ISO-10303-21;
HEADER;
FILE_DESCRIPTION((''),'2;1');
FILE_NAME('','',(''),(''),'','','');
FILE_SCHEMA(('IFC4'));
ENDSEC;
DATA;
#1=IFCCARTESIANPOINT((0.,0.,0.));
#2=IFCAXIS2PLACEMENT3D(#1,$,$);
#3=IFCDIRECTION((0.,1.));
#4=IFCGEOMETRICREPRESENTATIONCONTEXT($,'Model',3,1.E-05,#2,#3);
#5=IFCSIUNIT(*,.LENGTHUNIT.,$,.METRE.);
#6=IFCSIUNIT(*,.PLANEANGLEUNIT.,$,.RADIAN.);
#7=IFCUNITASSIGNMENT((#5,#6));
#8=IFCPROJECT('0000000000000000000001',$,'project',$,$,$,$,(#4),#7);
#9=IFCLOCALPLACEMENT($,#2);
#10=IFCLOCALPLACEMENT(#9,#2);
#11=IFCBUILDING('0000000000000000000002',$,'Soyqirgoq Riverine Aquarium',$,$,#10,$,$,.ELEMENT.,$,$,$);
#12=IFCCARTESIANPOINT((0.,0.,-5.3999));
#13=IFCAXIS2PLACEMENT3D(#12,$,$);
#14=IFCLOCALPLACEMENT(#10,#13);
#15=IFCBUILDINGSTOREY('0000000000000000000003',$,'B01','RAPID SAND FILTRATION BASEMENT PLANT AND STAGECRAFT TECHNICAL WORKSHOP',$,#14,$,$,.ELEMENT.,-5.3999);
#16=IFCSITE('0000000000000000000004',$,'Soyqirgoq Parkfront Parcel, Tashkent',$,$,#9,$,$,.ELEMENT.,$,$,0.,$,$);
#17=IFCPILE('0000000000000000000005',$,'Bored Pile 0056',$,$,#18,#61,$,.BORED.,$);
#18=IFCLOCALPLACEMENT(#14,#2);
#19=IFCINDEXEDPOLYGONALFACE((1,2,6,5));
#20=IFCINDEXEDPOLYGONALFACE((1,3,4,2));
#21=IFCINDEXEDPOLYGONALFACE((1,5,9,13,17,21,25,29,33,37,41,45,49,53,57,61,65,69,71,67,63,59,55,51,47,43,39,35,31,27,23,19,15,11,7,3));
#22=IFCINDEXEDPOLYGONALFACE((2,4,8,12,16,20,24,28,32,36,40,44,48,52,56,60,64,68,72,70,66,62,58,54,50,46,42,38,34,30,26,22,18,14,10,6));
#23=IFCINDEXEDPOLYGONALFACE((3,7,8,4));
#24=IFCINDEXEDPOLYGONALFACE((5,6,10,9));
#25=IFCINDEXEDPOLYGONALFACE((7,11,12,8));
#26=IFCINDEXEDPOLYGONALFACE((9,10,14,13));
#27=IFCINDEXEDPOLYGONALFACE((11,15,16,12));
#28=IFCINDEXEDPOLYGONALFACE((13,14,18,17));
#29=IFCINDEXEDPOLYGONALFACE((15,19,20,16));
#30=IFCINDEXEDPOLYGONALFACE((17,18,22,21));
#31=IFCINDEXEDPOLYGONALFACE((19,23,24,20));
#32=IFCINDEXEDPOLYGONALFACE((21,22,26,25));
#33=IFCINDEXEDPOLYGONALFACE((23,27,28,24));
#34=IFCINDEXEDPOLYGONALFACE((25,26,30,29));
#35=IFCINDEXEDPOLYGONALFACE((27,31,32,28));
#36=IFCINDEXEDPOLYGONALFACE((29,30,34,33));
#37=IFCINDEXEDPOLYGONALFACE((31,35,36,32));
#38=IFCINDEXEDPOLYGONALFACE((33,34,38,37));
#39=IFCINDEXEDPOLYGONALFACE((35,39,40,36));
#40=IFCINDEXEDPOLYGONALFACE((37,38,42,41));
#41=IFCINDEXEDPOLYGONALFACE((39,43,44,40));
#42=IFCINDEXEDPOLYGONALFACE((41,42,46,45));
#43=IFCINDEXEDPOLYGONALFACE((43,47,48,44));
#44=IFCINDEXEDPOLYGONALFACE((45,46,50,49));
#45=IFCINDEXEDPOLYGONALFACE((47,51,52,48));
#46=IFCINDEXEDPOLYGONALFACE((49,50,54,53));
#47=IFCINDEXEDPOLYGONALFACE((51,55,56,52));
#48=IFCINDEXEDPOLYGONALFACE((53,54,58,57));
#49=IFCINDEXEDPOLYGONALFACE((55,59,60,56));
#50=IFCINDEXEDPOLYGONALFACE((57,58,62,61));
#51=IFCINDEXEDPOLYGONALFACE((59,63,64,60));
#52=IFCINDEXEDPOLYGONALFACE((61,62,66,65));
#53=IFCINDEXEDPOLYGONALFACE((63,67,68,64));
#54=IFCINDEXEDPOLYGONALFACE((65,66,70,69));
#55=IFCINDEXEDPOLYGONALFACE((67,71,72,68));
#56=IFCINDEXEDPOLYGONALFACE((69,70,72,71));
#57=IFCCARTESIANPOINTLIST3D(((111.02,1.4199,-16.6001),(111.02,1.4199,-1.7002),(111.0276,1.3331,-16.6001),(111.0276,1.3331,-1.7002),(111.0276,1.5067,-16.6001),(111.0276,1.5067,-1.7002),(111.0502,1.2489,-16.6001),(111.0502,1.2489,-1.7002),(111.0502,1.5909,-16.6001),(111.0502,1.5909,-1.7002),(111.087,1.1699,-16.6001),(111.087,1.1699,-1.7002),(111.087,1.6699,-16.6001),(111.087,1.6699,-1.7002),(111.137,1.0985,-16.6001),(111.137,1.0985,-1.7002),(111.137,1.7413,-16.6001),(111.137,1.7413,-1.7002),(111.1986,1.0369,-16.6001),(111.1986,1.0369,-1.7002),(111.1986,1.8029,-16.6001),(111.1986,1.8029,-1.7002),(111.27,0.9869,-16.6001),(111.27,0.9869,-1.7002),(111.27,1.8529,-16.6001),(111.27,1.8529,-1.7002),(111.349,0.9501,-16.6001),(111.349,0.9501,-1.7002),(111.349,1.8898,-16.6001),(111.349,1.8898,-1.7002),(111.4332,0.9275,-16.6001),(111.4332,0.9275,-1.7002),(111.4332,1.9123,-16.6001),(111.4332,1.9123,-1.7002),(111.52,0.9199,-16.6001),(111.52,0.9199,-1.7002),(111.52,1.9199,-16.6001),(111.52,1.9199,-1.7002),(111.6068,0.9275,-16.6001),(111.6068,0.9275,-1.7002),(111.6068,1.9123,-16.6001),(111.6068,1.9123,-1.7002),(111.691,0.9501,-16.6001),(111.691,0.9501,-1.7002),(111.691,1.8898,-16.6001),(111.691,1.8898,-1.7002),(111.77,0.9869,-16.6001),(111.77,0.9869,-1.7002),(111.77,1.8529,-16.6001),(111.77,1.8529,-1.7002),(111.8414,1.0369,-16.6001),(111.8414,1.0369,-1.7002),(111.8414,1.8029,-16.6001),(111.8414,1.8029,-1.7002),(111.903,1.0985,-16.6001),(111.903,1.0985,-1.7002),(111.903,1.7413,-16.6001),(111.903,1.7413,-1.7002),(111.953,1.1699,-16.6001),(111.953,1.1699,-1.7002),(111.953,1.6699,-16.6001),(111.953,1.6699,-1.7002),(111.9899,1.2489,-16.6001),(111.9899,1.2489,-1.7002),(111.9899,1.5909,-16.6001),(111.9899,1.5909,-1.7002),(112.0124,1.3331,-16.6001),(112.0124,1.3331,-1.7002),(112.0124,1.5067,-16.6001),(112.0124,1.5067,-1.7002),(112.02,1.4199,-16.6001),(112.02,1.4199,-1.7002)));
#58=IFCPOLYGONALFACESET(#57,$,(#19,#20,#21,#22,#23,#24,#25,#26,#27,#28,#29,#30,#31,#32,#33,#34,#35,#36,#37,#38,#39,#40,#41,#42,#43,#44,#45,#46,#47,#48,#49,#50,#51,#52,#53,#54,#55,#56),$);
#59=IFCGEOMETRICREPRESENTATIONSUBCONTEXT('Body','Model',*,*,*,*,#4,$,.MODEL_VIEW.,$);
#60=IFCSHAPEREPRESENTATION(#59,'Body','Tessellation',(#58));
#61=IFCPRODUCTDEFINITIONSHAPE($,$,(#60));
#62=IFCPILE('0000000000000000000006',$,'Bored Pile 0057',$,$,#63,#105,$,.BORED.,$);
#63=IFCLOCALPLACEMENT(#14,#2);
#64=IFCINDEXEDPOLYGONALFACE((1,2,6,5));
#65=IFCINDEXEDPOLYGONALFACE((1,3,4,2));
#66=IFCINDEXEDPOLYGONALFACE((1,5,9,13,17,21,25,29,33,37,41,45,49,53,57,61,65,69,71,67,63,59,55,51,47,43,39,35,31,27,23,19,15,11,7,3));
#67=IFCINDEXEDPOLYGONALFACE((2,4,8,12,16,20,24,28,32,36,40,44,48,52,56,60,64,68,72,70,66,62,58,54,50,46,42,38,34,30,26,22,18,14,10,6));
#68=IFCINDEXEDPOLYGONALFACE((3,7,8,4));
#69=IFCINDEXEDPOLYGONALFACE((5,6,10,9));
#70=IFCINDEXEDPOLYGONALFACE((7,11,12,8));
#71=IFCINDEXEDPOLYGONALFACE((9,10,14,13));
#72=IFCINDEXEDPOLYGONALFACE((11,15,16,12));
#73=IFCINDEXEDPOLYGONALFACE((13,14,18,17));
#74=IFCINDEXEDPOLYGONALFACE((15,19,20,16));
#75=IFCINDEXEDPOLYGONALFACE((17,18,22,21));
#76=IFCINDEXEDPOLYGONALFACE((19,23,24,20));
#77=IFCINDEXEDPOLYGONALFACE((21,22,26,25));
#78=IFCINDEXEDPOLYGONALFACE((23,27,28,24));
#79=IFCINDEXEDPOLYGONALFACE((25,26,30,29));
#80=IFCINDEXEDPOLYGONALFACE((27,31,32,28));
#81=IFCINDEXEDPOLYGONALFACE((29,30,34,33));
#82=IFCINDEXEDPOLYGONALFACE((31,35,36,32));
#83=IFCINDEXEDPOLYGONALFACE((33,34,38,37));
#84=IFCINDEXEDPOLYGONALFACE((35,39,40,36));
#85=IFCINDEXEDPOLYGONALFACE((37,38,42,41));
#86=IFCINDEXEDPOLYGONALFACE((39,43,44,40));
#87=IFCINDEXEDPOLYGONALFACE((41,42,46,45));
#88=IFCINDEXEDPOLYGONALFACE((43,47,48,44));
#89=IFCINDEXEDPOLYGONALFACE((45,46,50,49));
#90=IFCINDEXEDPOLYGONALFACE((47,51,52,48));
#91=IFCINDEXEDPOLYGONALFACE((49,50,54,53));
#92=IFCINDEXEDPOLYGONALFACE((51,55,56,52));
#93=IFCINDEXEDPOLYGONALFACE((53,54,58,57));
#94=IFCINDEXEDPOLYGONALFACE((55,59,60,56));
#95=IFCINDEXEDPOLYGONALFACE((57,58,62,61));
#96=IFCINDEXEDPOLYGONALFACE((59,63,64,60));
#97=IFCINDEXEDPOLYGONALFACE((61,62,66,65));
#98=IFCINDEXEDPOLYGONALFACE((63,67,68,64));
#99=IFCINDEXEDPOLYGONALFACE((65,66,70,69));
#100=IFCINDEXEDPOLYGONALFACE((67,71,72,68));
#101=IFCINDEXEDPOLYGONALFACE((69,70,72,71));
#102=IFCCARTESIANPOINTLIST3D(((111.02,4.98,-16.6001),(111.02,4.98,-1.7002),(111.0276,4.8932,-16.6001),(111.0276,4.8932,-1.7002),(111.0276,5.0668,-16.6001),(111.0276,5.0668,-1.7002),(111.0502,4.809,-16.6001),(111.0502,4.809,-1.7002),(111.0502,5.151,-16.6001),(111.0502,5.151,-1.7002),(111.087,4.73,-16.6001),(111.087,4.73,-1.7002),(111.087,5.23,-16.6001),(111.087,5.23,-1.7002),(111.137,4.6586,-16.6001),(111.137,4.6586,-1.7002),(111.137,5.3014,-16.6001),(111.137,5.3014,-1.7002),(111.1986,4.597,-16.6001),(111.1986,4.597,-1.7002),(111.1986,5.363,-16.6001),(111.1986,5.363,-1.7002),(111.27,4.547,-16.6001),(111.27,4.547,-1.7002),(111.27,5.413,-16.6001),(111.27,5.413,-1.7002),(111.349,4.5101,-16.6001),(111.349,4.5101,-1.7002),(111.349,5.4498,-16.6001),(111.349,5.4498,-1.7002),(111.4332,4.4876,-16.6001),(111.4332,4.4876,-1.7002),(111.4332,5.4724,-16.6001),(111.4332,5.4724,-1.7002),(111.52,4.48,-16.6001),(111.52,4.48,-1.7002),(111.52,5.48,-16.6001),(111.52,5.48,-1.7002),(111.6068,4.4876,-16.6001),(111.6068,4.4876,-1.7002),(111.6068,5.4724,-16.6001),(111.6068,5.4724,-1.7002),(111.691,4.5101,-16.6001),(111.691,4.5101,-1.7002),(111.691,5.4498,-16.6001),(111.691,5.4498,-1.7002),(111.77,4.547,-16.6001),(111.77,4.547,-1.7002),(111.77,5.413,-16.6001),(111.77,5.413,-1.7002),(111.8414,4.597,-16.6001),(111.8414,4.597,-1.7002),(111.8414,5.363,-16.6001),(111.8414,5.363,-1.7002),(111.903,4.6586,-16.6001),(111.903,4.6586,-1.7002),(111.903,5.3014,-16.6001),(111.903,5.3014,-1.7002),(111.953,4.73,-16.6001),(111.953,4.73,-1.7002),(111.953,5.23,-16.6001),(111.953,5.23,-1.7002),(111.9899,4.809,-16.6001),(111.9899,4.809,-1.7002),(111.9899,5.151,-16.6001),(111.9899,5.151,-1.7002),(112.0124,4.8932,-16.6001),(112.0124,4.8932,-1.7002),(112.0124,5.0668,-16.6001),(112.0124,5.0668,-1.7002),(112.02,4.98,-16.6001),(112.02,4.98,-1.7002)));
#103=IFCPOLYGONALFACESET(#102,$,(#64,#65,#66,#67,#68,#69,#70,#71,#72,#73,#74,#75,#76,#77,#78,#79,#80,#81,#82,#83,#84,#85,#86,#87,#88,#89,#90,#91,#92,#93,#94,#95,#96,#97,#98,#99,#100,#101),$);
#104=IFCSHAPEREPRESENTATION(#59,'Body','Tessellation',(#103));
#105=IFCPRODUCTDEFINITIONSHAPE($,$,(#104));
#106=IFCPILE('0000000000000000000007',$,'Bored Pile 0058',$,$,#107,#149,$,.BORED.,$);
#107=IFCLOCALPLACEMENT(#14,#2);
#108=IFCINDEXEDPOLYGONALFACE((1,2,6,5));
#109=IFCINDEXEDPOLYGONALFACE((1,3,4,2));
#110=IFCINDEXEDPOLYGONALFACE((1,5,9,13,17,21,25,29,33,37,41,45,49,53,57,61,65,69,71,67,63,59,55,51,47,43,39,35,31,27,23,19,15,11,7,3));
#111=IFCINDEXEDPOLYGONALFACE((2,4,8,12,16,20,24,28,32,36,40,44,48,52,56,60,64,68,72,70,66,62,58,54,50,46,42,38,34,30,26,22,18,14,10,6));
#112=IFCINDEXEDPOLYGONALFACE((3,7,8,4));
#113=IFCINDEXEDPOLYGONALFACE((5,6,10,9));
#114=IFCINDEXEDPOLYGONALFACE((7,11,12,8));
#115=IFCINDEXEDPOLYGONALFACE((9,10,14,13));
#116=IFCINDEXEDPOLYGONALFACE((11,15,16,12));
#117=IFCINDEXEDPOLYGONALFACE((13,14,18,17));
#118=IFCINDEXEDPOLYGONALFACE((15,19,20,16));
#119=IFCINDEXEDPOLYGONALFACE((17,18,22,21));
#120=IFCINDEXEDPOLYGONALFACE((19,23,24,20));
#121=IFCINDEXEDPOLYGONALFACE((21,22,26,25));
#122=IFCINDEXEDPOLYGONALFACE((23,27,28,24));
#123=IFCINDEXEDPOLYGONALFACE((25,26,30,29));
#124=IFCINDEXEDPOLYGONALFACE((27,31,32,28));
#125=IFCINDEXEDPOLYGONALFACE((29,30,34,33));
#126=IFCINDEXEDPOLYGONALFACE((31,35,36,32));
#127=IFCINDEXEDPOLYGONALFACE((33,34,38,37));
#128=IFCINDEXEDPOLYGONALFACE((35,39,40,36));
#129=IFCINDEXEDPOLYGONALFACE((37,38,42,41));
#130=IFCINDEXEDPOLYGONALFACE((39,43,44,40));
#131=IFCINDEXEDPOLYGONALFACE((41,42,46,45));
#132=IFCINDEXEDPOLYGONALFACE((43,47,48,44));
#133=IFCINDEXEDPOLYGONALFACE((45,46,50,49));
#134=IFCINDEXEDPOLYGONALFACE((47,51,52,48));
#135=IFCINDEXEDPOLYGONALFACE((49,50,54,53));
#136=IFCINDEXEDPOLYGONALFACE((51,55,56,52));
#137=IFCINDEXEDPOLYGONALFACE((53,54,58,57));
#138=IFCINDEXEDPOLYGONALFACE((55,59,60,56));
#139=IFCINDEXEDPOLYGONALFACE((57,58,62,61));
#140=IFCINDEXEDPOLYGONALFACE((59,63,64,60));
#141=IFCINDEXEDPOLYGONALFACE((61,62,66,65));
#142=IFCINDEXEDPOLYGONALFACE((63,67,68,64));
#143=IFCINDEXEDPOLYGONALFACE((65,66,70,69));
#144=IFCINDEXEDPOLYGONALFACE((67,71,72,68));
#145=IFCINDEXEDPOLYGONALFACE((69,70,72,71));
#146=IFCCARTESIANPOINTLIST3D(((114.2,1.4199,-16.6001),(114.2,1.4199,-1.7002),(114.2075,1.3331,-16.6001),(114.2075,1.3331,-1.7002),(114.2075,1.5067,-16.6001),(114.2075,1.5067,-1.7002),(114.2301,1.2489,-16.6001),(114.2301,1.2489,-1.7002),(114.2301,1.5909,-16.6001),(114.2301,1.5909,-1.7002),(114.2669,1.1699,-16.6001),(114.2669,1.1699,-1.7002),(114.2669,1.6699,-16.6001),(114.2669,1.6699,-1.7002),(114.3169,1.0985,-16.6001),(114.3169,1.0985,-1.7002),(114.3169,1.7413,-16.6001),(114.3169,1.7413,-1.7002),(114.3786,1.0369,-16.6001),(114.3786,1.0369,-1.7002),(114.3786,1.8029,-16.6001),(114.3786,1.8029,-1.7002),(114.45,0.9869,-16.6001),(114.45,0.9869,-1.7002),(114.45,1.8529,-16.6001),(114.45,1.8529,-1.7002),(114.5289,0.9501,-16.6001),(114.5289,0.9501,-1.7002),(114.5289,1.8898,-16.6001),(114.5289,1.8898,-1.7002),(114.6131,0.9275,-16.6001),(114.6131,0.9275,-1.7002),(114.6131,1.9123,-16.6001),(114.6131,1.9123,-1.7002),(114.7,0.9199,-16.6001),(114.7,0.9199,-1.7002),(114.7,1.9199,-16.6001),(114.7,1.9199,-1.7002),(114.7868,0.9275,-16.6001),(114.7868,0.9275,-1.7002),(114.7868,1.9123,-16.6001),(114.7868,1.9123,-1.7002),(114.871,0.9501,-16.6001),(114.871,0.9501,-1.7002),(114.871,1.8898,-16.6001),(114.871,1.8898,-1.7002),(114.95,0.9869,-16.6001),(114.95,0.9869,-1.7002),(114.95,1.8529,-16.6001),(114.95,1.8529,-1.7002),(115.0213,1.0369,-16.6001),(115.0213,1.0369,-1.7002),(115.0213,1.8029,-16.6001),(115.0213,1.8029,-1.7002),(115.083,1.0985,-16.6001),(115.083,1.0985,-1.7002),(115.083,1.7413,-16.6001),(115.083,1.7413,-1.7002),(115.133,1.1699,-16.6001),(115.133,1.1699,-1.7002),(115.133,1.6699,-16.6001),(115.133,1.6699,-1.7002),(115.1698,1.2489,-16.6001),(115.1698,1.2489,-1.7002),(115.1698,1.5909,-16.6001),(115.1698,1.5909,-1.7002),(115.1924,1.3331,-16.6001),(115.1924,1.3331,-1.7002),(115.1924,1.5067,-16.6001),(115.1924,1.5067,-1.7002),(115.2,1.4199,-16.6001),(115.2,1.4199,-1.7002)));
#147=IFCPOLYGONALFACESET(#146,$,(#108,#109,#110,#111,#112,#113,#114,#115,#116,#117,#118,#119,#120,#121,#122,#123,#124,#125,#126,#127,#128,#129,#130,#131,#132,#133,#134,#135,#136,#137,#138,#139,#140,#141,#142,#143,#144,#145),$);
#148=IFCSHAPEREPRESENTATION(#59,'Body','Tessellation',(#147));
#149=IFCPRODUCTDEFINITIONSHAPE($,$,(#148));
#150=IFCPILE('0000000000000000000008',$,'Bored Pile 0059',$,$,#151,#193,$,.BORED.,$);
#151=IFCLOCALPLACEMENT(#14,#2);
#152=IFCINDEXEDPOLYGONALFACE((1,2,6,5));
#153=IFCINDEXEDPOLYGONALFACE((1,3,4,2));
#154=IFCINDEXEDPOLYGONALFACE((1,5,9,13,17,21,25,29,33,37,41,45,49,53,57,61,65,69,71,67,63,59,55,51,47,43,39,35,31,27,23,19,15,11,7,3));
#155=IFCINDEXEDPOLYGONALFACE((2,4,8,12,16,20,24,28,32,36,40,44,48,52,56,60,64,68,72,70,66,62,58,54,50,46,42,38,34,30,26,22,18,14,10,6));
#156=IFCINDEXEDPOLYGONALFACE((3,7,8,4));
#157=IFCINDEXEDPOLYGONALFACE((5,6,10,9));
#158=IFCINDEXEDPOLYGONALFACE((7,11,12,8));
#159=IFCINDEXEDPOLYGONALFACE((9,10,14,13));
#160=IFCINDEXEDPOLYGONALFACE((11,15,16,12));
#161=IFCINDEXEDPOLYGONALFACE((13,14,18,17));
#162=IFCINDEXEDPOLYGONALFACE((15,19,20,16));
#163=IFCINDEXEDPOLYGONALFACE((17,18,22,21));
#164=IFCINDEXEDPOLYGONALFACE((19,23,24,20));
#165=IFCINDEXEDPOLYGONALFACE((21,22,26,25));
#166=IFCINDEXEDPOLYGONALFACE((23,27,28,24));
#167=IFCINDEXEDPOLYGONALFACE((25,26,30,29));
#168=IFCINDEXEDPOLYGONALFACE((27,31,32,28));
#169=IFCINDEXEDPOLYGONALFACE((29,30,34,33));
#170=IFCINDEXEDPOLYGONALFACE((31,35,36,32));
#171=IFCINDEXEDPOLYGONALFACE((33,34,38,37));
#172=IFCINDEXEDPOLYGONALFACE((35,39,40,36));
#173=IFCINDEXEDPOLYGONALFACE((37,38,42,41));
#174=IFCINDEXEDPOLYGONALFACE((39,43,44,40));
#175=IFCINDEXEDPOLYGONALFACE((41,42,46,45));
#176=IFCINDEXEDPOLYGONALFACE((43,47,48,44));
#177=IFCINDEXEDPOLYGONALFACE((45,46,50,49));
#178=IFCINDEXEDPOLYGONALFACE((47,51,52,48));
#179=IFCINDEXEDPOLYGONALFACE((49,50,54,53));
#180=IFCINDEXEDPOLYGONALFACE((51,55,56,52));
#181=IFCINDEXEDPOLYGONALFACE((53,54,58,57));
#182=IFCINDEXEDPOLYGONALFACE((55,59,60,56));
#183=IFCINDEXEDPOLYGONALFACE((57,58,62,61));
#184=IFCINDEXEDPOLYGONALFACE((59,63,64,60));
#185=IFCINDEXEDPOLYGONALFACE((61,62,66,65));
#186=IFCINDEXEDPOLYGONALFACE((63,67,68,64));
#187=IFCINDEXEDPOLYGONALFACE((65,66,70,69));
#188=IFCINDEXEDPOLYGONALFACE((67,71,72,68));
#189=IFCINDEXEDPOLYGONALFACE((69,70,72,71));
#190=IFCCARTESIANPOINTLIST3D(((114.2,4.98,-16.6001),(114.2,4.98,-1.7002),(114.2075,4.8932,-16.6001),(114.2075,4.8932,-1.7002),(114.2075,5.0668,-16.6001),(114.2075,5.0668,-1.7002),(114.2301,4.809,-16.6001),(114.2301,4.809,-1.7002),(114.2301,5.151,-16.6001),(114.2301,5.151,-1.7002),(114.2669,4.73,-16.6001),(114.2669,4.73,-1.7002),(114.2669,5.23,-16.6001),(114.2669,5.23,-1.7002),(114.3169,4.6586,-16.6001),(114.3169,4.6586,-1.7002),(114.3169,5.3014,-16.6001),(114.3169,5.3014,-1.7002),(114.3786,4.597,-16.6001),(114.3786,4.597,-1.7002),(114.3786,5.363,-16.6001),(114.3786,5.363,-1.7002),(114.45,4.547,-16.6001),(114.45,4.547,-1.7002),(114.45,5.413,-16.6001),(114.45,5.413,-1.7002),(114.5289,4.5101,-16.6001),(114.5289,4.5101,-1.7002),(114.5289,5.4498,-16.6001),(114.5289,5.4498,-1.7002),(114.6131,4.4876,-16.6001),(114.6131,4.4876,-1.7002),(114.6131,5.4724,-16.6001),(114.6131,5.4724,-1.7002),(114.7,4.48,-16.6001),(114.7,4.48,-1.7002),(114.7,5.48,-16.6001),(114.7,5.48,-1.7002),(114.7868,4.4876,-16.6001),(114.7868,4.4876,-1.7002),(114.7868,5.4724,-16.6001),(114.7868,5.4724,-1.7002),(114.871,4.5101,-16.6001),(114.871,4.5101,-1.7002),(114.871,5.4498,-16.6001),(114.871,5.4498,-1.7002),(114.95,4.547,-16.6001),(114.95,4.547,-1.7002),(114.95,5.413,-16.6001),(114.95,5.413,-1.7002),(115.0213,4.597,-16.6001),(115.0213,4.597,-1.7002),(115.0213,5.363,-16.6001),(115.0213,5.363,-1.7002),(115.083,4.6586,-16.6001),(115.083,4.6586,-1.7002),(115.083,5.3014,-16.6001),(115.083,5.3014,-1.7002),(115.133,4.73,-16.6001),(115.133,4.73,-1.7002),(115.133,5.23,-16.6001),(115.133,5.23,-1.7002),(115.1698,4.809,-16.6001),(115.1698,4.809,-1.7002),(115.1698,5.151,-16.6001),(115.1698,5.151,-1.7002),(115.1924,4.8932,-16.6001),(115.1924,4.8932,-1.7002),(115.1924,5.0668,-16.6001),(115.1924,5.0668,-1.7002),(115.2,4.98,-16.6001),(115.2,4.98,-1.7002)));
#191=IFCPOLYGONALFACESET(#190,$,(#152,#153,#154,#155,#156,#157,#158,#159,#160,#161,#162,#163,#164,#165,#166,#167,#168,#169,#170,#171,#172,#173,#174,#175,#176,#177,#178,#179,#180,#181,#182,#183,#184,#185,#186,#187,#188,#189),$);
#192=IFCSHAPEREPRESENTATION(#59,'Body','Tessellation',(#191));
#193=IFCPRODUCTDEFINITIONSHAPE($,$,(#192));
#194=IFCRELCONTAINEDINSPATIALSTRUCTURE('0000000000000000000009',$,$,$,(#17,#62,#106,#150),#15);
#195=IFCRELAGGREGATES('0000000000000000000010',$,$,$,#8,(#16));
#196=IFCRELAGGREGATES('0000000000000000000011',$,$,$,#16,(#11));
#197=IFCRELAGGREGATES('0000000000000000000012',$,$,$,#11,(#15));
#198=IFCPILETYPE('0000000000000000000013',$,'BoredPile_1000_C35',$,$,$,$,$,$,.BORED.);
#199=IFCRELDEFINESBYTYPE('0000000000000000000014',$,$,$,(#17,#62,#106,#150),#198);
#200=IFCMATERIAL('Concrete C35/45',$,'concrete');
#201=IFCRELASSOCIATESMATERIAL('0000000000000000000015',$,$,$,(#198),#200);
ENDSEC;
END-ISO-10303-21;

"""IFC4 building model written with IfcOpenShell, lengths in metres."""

from ifc_helpers import new_model, si_unit, direction, frame, origin, origin_2d, place, context, subcontext, project, spatial, circle, extrude, material, material_profile, profile_set, type_object, element, save


model = new_model("IFC4")

# Units and contexts
model_context = context("Model", 3, precision=1e-05, world=origin(), true_north=direction((0.0, 1.0)))
body_context = subcontext(model_context, "Body", "Model", "MODEL_VIEW")
ifc_project = project(units=[si_unit("LENGTHUNIT", "METRE"), si_unit("PLANEANGLEUNIT", "RADIAN")], contexts=[model_context])

# Site, building, storey
site_placement = place(None, origin())
site = spatial("IfcSite", under=ifc_project, at=site_placement, Name="Soyqirgoq Parkfront Parcel, Tashkent", CompositionType="ELEMENT", RefElevation=0.0)
building_placement = place(site_placement, origin())
building = spatial("IfcBuilding", under=site, at=building_placement, Name="Soyqirgoq Riverine Aquarium", CompositionType="ELEMENT")
storey_placement = place(building_placement, frame((0.0, 0.0, -5.3999)))
storey = spatial("IfcBuildingStorey", under=building, at=storey_placement, Name="B01", Description="RAPID SAND FILTRATION BASEMENT PLANT AND STAGECRAFT TECHNICAL WORKSHOP", CompositionType="ELEMENT", Elevation=-5.3999)

# Piles
ifc_material_1 = material(Name="Concrete C35/45", Category="concrete")
ifc_material_profile_1 = material_profile(ifc_material_1, circle(Radius=0.5, at=origin_2d()), Name="BP D1000")
ifc_profile_set_1 = profile_set([ifc_material_profile_1], Name="Concrete C35/45")
pile_type_1 = type_object("IfcPileType", Name="BoredPile_1000_C35", PredefinedType="BORED", material=ifc_profile_set_1)
for number, where, z_axis, x_axis, name in (
    (1, (111.52, 1.4199, -1.7002), (0.0, 0.0, -1.0), (1.0, 0.0, 0.0), "Bored Pile 0056"),
    (2, (111.52, 4.98, -1.7002), (0.0, 0.0, -1.0), (1.0, 0.0, 0.0), "Bored Pile 0057"),
    (3, (114.7, 1.4199, -1.7002), (0.0, 0.0, -1.0), (1.0, 0.0, 0.0), "Bored Pile 0058"),
    (4, (114.7, 4.98, -1.7002), (0.0, 0.0, -1.0), (1.0, 0.0, 0.0), "Bored Pile 0059"),
):
    element("IfcPile", number, at=place(storey_placement, frame(where, z_axis=z_axis, x_axis=x_axis)), inside=storey, type_object=pile_type_1, Name=name, PredefinedType="BORED", context=body_context, shape_type="SweptSolid", body=[
        extrude(circle(Radius=0.5, at=origin_2d()), origin(), (0.0, 0.0, 1.0), 14.8999),
    ])

save(model, "model.ifc")
